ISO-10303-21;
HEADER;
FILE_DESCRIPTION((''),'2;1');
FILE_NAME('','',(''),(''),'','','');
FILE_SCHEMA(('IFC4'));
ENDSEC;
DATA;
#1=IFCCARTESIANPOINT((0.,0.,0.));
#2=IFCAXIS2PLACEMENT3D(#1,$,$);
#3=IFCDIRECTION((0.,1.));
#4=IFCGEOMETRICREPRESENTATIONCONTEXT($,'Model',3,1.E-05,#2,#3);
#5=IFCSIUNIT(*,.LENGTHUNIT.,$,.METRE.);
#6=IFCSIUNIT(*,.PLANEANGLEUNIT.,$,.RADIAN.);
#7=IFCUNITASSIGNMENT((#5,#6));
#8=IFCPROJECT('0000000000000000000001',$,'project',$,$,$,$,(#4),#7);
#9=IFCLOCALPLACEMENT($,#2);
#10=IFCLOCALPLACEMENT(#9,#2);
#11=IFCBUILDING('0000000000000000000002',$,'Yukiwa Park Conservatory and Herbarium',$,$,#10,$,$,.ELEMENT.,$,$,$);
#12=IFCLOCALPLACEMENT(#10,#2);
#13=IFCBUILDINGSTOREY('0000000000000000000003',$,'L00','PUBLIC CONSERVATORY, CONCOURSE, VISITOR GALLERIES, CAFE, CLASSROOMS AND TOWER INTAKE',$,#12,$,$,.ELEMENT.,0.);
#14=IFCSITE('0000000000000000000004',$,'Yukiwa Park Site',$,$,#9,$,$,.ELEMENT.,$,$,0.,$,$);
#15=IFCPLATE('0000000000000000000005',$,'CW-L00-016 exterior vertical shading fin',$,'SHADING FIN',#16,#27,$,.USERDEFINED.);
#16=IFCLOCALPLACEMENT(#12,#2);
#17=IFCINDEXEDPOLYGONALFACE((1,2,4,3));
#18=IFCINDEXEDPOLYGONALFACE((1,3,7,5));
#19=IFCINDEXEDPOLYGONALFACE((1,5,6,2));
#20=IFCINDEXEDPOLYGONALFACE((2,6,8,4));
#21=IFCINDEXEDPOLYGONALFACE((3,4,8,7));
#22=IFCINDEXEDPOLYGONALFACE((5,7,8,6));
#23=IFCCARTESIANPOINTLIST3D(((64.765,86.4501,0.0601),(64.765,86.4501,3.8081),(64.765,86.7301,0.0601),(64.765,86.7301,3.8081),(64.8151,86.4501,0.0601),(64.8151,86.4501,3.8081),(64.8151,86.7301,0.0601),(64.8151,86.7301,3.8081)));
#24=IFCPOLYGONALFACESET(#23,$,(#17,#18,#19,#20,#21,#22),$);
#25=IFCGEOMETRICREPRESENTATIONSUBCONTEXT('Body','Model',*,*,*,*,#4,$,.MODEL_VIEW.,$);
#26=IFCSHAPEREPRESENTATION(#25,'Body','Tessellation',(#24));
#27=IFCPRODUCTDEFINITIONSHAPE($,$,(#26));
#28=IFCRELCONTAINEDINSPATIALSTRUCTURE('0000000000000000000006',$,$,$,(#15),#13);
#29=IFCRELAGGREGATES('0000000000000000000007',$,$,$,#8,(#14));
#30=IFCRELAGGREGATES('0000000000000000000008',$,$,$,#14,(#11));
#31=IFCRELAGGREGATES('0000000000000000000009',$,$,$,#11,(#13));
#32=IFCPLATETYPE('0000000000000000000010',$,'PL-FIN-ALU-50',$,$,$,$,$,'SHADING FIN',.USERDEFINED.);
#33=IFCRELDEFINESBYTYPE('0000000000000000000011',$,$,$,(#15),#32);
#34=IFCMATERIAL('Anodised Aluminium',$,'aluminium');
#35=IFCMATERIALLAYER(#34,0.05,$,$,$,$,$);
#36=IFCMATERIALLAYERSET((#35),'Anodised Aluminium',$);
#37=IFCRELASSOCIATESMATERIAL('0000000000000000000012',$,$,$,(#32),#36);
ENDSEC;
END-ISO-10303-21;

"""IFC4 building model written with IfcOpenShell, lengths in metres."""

from ifc_helpers import new_model, si_unit, direction, frame, origin, origin_2d, place, context, subcontext, project, spatial, rectangle, extrude, material, layer, layer_set, type_object, element, save


model = new_model("IFC4")

# Units and contexts
model_context = context("Model", 3, precision=1e-05, world=origin(), true_north=direction((0.0, 1.0)))
body_context = subcontext(model_context, "Body", "Model", "MODEL_VIEW")
ifc_project = project(units=[si_unit("LENGTHUNIT", "METRE"), si_unit("PLANEANGLEUNIT", "RADIAN")], contexts=[model_context])

# Site, building, storey
site_placement = place(None, origin())
site = spatial("IfcSite", under=ifc_project, at=site_placement, Name="Yukiwa Park Site", CompositionType="ELEMENT", RefElevation=0.0)
building_placement = place(site_placement, origin())
building = spatial("IfcBuilding", under=site, at=building_placement, Name="Yukiwa Park Conservatory and Herbarium", CompositionType="ELEMENT")
storey_placement = place(building_placement, origin())
storey = spatial("IfcBuildingStorey", under=building, at=storey_placement, Name="L00", Description="PUBLIC CONSERVATORY, CONCOURSE, VISITOR GALLERIES, CAFE, CLASSROOMS AND TOWER INTAKE", CompositionType="ELEMENT", Elevation=0.0)

# Plate
ifc_material_1 = material(Name="Anodised Aluminium", Category="aluminium")
ifc_layer_1 = layer(ifc_material_1, 0.05)
ifc_layer_set_1 = layer_set([ifc_layer_1], Name="Anodised Aluminium")
plate_type_1 = type_object("IfcPlateType", Name="PL-FIN-ALU-50", ElementType="SHADING FIN", PredefinedType="USERDEFINED", material=ifc_layer_set_1)
plate_1_placement = place(storey_placement, frame((64.79, 86.5901, 0.0601), z_axis=(0.0, 0.0, 1.0), x_axis=(-1.0, 0.0, 0.0)))
element("IfcPlate", 1, at=plate_1_placement, inside=storey, type_object=plate_type_1, Name="CW-L00-016 exterior vertical shading fin", ObjectType="SHADING FIN", PredefinedType="USERDEFINED", context=body_context, shape_type="SweptSolid", body=[
    extrude(rectangle(XDim=0.05, YDim=0.28, at=origin_2d()), origin(), (0.0, 0.0, 1.0), 3.748),
])

save(model, "model.ifc")
